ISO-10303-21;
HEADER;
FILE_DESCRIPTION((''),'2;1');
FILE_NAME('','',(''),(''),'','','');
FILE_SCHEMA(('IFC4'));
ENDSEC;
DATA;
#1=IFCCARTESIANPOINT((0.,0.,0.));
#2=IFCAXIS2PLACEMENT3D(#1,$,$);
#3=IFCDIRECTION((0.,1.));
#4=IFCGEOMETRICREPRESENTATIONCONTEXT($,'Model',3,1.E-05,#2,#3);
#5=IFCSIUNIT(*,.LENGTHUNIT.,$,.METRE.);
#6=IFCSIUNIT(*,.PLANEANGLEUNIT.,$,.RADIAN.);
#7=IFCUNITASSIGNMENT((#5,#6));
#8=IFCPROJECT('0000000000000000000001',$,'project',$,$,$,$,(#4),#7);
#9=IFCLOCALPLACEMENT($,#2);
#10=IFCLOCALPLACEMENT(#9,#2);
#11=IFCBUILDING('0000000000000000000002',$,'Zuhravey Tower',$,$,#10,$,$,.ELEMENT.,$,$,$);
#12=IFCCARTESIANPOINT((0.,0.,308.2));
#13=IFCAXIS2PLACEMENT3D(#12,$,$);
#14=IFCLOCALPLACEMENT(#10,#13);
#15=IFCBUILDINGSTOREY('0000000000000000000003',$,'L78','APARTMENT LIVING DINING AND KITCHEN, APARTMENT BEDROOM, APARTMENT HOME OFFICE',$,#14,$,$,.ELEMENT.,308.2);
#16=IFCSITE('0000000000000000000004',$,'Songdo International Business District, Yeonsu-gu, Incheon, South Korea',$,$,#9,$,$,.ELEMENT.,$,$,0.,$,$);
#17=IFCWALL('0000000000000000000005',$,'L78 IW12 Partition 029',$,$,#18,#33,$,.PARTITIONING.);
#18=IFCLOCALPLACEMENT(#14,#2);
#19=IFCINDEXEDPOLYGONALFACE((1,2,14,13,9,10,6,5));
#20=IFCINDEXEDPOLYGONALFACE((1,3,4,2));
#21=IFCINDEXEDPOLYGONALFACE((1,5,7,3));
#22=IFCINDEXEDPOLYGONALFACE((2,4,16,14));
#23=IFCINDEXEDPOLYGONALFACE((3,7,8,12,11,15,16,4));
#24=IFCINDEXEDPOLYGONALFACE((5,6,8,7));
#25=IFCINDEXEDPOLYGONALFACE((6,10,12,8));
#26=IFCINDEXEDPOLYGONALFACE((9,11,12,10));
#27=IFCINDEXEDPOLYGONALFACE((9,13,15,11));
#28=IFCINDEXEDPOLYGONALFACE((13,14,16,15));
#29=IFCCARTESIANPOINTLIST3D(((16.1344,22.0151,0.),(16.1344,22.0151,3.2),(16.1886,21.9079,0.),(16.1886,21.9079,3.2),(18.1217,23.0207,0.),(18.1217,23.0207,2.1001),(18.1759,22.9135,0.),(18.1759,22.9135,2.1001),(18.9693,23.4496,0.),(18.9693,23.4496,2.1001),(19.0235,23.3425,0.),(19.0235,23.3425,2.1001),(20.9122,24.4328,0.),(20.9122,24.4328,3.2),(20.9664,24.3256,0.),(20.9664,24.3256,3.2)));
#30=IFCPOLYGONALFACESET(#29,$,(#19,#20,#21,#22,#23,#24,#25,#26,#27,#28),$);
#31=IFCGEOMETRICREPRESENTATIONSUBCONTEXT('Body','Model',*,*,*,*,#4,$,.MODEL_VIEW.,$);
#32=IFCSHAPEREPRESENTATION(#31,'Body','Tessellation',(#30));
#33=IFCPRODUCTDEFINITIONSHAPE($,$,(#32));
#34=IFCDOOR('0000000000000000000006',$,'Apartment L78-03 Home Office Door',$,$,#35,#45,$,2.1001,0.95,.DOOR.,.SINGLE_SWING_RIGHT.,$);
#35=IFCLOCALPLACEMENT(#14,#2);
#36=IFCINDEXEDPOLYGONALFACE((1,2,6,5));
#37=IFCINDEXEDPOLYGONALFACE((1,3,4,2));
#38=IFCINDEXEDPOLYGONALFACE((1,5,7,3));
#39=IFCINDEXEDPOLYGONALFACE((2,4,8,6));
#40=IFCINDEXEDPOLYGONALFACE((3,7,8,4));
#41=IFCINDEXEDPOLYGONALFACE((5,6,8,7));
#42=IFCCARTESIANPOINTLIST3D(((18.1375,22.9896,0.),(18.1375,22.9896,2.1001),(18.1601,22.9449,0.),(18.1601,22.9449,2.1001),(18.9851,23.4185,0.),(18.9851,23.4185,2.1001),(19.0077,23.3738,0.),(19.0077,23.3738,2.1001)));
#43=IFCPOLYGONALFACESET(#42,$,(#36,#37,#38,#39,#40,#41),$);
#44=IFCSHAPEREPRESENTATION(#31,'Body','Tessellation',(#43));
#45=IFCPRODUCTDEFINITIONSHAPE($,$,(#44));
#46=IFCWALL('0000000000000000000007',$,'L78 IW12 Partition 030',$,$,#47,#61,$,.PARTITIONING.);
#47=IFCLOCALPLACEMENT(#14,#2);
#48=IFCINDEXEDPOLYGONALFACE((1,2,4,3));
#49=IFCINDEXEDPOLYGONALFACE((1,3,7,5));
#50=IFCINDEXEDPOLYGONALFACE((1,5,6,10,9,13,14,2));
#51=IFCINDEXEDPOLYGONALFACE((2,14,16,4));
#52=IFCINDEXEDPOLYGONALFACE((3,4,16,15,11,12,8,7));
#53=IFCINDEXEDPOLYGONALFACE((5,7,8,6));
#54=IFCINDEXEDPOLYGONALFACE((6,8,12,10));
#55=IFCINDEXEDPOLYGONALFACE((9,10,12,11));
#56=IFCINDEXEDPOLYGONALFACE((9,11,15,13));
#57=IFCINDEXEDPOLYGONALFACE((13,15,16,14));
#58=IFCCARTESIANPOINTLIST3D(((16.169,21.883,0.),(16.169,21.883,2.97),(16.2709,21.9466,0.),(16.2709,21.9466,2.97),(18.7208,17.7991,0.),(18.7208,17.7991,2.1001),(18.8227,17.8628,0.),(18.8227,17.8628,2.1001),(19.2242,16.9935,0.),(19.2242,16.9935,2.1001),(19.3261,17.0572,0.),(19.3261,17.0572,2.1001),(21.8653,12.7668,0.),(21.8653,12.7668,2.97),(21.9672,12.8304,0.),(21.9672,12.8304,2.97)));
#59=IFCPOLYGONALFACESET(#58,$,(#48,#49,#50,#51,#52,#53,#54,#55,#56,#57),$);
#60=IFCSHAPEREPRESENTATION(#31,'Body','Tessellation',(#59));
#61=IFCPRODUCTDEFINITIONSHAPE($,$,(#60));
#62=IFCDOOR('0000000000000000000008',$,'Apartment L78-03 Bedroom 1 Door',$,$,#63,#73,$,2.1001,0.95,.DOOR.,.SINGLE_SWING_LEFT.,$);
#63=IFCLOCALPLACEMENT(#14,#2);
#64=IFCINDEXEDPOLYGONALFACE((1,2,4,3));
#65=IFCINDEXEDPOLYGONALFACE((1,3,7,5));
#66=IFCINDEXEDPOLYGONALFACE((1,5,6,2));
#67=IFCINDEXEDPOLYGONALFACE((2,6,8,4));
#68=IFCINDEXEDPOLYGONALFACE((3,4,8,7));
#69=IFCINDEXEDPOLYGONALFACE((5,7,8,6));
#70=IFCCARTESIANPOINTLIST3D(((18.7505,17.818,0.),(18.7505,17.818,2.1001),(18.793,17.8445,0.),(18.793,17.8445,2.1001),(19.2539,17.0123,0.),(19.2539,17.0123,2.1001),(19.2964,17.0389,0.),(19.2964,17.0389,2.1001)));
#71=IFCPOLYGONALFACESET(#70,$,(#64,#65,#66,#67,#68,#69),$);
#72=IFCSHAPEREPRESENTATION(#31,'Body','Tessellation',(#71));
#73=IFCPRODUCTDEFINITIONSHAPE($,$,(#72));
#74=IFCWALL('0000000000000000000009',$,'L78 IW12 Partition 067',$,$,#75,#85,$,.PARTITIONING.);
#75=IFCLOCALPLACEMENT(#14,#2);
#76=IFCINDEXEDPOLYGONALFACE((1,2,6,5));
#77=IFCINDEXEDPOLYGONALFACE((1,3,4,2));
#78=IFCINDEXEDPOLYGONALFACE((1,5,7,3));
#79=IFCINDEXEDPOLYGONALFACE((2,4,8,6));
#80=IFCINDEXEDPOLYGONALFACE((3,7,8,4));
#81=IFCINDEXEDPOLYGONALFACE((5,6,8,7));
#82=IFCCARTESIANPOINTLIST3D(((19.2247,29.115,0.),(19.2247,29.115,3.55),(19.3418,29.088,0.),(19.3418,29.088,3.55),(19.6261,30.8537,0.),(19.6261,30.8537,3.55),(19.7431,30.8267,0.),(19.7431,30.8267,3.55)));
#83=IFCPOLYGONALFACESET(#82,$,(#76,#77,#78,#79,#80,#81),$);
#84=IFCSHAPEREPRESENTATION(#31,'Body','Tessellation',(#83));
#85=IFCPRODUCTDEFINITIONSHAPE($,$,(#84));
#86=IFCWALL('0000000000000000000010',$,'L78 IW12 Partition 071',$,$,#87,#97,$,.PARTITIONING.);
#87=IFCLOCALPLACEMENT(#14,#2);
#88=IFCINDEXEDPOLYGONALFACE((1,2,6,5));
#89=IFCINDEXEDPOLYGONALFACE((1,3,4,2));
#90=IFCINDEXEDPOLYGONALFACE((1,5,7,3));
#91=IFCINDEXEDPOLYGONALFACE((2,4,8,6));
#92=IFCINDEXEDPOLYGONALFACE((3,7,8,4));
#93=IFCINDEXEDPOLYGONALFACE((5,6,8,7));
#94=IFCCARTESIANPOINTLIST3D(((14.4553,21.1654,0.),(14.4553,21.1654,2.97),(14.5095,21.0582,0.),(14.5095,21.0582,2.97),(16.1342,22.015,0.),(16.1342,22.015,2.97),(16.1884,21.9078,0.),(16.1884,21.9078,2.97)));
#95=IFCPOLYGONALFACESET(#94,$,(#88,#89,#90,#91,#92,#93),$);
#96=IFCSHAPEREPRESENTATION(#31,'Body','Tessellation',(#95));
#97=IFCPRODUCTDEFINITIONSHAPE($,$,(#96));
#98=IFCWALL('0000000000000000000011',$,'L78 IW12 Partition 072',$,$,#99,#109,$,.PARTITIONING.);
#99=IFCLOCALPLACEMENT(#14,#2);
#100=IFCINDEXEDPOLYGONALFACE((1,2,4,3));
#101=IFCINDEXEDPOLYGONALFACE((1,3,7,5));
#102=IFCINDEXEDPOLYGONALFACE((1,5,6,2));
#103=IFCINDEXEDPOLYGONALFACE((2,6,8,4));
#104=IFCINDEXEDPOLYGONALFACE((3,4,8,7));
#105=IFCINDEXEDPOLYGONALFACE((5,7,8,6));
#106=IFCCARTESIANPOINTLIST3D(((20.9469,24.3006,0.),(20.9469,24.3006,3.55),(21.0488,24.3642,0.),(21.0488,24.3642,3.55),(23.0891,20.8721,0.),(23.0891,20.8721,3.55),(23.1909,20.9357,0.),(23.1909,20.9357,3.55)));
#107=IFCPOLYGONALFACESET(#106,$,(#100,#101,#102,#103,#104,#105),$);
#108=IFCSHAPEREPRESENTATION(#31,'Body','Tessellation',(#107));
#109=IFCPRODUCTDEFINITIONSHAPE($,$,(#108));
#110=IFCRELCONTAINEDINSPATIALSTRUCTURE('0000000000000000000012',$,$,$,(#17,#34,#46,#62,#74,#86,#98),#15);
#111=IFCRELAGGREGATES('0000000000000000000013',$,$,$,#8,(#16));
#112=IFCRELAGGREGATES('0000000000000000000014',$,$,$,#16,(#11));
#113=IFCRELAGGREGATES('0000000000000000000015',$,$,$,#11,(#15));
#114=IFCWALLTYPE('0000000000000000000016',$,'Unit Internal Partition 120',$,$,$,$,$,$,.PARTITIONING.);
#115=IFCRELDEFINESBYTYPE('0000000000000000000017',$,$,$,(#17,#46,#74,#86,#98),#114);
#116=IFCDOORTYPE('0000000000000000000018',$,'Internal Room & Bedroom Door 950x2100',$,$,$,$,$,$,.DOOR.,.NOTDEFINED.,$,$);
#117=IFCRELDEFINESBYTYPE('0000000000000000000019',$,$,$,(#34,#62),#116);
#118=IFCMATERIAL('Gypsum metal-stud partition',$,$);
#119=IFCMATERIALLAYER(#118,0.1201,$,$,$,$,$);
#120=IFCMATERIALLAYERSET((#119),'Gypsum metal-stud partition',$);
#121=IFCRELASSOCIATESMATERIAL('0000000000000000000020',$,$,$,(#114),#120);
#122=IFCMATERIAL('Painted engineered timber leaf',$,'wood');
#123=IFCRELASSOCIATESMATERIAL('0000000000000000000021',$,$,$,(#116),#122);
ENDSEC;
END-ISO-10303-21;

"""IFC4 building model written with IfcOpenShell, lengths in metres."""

from ifc_helpers import new_model, si_unit, direction, frame, frame_2d, origin, place, context, subcontext, project, spatial, rectangle, extrude, material, layer, layer_set, type_object, element, fill, save


model = new_model("IFC4")

# Units and contexts
model_context = context("Model", 3, precision=1e-05, world=origin(), true_north=direction((0.0, 1.0)))
body_context = subcontext(model_context, "Body", "Model", "MODEL_VIEW")
ifc_project = project(units=[si_unit("LENGTHUNIT", "METRE"), si_unit("PLANEANGLEUNIT", "RADIAN")], contexts=[model_context])

# Site, building, storey
site_placement = place(None, origin())
site = spatial("IfcSite", under=ifc_project, at=site_placement, Name="Songdo International Business District, Yeonsu-gu, Incheon, South Korea", CompositionType="ELEMENT", RefElevation=0.0)
building_placement = place(site_placement, origin())
building = spatial("IfcBuilding", under=site, at=building_placement, Name="Zuhravey Tower", CompositionType="ELEMENT")
storey_placement = place(building_placement, frame((0.0, 0.0, 308.2)))
storey = spatial("IfcBuildingStorey", under=building, at=storey_placement, Name="L78", Description="APARTMENT LIVING DINING AND KITCHEN, APARTMENT BEDROOM, APARTMENT HOME OFFICE", CompositionType="ELEMENT", Elevation=308.2)

# Walls, openings, doors
ifc_material_1 = material(Name="Gypsum metal-stud partition")
ifc_layer_1 = layer(ifc_material_1, 0.1201)
ifc_layer_set_1 = layer_set([ifc_layer_1], Name="Gypsum metal-stud partition")
wall_type_1 = type_object("IfcWallType", Name="Unit Internal Partition 120", PredefinedType="PARTITIONING", material=ifc_layer_set_1)
wall_1_placement = place(storey_placement, frame((20.9392, 24.3792, 0.0), z_axis=(0.0, 0.0, 1.0), x_axis=(-0.892265, -0.451512, 0.0)))
wall_1 = element("IfcWall", 1, at=wall_1_placement, inside=storey, type_object=wall_type_1, Name="L78 IW12 Partition 029", PredefinedType="PARTITIONING", context=body_context, shape_type="SweptSolid", body=[
    extrude(rectangle(XDim=5.3547, YDim=0.1201, at=frame_2d((2.6772, 0.0))), origin(), (0.0, 0.0, 1.0), 3.2),
])
opening_1_placement = place(wall_1_placement, frame((2.1772, 0.0, 0.0)))
opening_1 = element("IfcOpeningElement", 2, at=opening_1_placement, cuts=wall_1, PredefinedType="OPENING", context=body_context, shape_type="SweptSolid", body=[
    extrude(rectangle(XDim=0.95, YDim=2.1001, at=frame_2d((0.4751, 1.05))), frame((0.0, 0.072, 0.0), z_axis=(0.0, -1.0, 0.0), x_axis=(1.0, 0.0, 0.0)), (0.0, 0.0, 1.0), 0.144),
])
ifc_material_2 = material(Name="Painted engineered timber leaf", Category="wood")
door_type_1 = type_object("IfcDoorType", Name="Internal Room & Bedroom Door 950x2100", OperationType="NOTDEFINED", PredefinedType="DOOR", material=ifc_material_2)
door_1_placement = place(opening_1_placement, origin())
door_1 = element("IfcDoor", 3, at=door_1_placement, inside=storey, type_object=door_type_1, Name="Apartment L78-03 Home Office Door", OperationType="SINGLE_SWING_RIGHT", OverallHeight=2.1001, OverallWidth=0.95, PredefinedType="DOOR", context=body_context, shape_type="SweptSolid", body=[
    extrude(rectangle(XDim=0.95, YDim=2.1001, at=frame_2d((0.4751, 1.05))), frame((0.0, 0.0249, 0.0), z_axis=(0.0, -1.0, 0.0), x_axis=(1.0, 0.0, 0.0)), (0.0, 0.0, 1.0), 0.05),
])
fill(opening_1, door_1)
wall_2_placement = place(storey_placement, frame((16.22, 21.9148, 0.0), z_axis=(0.0, 0.0, 1.0), x_axis=(0.529909, -0.848054, 0.0)))
wall_2 = element("IfcWall", 4, at=wall_2_placement, inside=storey, type_object=wall_type_1, Name="L78 IW12 Partition 030", PredefinedType="PARTITIONING", context=body_context, shape_type="SweptSolid", body=[
    extrude(rectangle(XDim=10.7495, YDim=0.1201, at=frame_2d((5.3748, 0.0))), origin(), (0.0, 0.0, 1.0), 2.97),
])
opening_2_placement = place(wall_2_placement, frame((4.8154, 0.0, 0.0)))
opening_2 = element("IfcOpeningElement", 5, at=opening_2_placement, cuts=wall_2, PredefinedType="OPENING", context=body_context, shape_type="SweptSolid", body=[
    extrude(rectangle(XDim=0.95, YDim=2.1001, at=frame_2d((0.4751, 1.05))), frame((0.0, 0.072, 0.0), z_axis=(0.0, -1.0, 0.0), x_axis=(1.0, 0.0, 0.0)), (0.0, 0.0, 1.0), 0.144),
])
door_2_placement = place(opening_2_placement, frame((0.95, 0.0, 0.0), z_axis=(0.0, 0.0, 1.0), x_axis=(-1.0, 0.0, 0.0)))
door_2 = element("IfcDoor", 6, at=door_2_placement, inside=storey, type_object=door_type_1, Name="Apartment L78-03 Bedroom 1 Door", OperationType="SINGLE_SWING_LEFT", OverallHeight=2.1001, OverallWidth=0.95, PredefinedType="DOOR", context=body_context, shape_type="SweptSolid", body=[
    extrude(rectangle(XDim=0.95, YDim=2.1001, at=frame_2d((0.4751, 1.05))), frame((0.0, 0.0249, 0.0), z_axis=(0.0, -1.0, 0.0), x_axis=(1.0, 0.0, 0.0)), (0.0, 0.0, 1.0), 0.05),
])
fill(opening_2, door_2)

# Walls
wall_3_placement = place(storey_placement, frame((19.6846, 30.8401, 0.0), z_axis=(0.0, 0.0, 1.0), x_axis=(-0.224919, -0.974377, 0.0)))
element("IfcWall", 7, at=wall_3_placement, inside=storey, type_object=wall_type_1, Name="L78 IW12 Partition 067", PredefinedType="PARTITIONING", context=body_context, shape_type="SweptSolid", body=[
    extrude(rectangle(XDim=1.7844, YDim=0.1201, at=frame_2d((0.8921, 0.0))), origin(), (0.0, 0.0, 1.0), 3.55),
])
wall_4_placement = place(storey_placement, frame((16.1614, 21.9614, 0.0), z_axis=(0.0, 0.0, 1.0), x_axis=(-0.892263, -0.451516, 0.0)))
element("IfcWall", 8, at=wall_4_placement, inside=storey, type_object=wall_type_1, Name="L78 IW12 Partition 071", PredefinedType="PARTITIONING", context=body_context, shape_type="SweptSolid", body=[
    extrude(rectangle(XDim=1.8816, YDim=0.1201, at=frame_2d((0.9409, 0.0))), origin(), (0.0, 0.0, 1.0), 2.97),
])
wall_5_placement = place(storey_placement, frame((20.9978, 24.3325, 0.0), z_axis=(0.0, 0.0, 1.0), x_axis=(0.529874, -0.848076, 0.0)))
element("IfcWall", 9, at=wall_5_placement, inside=storey, type_object=wall_type_1, Name="L78 IW12 Partition 072", PredefinedType="PARTITIONING", context=body_context, shape_type="SweptSolid", body=[
    extrude(rectangle(XDim=4.0427, YDim=0.1201, at=frame_2d((2.0215, 0.0))), origin(), (0.0, 0.0, 1.0), 3.55),
])

save(model, "model.ifc")
